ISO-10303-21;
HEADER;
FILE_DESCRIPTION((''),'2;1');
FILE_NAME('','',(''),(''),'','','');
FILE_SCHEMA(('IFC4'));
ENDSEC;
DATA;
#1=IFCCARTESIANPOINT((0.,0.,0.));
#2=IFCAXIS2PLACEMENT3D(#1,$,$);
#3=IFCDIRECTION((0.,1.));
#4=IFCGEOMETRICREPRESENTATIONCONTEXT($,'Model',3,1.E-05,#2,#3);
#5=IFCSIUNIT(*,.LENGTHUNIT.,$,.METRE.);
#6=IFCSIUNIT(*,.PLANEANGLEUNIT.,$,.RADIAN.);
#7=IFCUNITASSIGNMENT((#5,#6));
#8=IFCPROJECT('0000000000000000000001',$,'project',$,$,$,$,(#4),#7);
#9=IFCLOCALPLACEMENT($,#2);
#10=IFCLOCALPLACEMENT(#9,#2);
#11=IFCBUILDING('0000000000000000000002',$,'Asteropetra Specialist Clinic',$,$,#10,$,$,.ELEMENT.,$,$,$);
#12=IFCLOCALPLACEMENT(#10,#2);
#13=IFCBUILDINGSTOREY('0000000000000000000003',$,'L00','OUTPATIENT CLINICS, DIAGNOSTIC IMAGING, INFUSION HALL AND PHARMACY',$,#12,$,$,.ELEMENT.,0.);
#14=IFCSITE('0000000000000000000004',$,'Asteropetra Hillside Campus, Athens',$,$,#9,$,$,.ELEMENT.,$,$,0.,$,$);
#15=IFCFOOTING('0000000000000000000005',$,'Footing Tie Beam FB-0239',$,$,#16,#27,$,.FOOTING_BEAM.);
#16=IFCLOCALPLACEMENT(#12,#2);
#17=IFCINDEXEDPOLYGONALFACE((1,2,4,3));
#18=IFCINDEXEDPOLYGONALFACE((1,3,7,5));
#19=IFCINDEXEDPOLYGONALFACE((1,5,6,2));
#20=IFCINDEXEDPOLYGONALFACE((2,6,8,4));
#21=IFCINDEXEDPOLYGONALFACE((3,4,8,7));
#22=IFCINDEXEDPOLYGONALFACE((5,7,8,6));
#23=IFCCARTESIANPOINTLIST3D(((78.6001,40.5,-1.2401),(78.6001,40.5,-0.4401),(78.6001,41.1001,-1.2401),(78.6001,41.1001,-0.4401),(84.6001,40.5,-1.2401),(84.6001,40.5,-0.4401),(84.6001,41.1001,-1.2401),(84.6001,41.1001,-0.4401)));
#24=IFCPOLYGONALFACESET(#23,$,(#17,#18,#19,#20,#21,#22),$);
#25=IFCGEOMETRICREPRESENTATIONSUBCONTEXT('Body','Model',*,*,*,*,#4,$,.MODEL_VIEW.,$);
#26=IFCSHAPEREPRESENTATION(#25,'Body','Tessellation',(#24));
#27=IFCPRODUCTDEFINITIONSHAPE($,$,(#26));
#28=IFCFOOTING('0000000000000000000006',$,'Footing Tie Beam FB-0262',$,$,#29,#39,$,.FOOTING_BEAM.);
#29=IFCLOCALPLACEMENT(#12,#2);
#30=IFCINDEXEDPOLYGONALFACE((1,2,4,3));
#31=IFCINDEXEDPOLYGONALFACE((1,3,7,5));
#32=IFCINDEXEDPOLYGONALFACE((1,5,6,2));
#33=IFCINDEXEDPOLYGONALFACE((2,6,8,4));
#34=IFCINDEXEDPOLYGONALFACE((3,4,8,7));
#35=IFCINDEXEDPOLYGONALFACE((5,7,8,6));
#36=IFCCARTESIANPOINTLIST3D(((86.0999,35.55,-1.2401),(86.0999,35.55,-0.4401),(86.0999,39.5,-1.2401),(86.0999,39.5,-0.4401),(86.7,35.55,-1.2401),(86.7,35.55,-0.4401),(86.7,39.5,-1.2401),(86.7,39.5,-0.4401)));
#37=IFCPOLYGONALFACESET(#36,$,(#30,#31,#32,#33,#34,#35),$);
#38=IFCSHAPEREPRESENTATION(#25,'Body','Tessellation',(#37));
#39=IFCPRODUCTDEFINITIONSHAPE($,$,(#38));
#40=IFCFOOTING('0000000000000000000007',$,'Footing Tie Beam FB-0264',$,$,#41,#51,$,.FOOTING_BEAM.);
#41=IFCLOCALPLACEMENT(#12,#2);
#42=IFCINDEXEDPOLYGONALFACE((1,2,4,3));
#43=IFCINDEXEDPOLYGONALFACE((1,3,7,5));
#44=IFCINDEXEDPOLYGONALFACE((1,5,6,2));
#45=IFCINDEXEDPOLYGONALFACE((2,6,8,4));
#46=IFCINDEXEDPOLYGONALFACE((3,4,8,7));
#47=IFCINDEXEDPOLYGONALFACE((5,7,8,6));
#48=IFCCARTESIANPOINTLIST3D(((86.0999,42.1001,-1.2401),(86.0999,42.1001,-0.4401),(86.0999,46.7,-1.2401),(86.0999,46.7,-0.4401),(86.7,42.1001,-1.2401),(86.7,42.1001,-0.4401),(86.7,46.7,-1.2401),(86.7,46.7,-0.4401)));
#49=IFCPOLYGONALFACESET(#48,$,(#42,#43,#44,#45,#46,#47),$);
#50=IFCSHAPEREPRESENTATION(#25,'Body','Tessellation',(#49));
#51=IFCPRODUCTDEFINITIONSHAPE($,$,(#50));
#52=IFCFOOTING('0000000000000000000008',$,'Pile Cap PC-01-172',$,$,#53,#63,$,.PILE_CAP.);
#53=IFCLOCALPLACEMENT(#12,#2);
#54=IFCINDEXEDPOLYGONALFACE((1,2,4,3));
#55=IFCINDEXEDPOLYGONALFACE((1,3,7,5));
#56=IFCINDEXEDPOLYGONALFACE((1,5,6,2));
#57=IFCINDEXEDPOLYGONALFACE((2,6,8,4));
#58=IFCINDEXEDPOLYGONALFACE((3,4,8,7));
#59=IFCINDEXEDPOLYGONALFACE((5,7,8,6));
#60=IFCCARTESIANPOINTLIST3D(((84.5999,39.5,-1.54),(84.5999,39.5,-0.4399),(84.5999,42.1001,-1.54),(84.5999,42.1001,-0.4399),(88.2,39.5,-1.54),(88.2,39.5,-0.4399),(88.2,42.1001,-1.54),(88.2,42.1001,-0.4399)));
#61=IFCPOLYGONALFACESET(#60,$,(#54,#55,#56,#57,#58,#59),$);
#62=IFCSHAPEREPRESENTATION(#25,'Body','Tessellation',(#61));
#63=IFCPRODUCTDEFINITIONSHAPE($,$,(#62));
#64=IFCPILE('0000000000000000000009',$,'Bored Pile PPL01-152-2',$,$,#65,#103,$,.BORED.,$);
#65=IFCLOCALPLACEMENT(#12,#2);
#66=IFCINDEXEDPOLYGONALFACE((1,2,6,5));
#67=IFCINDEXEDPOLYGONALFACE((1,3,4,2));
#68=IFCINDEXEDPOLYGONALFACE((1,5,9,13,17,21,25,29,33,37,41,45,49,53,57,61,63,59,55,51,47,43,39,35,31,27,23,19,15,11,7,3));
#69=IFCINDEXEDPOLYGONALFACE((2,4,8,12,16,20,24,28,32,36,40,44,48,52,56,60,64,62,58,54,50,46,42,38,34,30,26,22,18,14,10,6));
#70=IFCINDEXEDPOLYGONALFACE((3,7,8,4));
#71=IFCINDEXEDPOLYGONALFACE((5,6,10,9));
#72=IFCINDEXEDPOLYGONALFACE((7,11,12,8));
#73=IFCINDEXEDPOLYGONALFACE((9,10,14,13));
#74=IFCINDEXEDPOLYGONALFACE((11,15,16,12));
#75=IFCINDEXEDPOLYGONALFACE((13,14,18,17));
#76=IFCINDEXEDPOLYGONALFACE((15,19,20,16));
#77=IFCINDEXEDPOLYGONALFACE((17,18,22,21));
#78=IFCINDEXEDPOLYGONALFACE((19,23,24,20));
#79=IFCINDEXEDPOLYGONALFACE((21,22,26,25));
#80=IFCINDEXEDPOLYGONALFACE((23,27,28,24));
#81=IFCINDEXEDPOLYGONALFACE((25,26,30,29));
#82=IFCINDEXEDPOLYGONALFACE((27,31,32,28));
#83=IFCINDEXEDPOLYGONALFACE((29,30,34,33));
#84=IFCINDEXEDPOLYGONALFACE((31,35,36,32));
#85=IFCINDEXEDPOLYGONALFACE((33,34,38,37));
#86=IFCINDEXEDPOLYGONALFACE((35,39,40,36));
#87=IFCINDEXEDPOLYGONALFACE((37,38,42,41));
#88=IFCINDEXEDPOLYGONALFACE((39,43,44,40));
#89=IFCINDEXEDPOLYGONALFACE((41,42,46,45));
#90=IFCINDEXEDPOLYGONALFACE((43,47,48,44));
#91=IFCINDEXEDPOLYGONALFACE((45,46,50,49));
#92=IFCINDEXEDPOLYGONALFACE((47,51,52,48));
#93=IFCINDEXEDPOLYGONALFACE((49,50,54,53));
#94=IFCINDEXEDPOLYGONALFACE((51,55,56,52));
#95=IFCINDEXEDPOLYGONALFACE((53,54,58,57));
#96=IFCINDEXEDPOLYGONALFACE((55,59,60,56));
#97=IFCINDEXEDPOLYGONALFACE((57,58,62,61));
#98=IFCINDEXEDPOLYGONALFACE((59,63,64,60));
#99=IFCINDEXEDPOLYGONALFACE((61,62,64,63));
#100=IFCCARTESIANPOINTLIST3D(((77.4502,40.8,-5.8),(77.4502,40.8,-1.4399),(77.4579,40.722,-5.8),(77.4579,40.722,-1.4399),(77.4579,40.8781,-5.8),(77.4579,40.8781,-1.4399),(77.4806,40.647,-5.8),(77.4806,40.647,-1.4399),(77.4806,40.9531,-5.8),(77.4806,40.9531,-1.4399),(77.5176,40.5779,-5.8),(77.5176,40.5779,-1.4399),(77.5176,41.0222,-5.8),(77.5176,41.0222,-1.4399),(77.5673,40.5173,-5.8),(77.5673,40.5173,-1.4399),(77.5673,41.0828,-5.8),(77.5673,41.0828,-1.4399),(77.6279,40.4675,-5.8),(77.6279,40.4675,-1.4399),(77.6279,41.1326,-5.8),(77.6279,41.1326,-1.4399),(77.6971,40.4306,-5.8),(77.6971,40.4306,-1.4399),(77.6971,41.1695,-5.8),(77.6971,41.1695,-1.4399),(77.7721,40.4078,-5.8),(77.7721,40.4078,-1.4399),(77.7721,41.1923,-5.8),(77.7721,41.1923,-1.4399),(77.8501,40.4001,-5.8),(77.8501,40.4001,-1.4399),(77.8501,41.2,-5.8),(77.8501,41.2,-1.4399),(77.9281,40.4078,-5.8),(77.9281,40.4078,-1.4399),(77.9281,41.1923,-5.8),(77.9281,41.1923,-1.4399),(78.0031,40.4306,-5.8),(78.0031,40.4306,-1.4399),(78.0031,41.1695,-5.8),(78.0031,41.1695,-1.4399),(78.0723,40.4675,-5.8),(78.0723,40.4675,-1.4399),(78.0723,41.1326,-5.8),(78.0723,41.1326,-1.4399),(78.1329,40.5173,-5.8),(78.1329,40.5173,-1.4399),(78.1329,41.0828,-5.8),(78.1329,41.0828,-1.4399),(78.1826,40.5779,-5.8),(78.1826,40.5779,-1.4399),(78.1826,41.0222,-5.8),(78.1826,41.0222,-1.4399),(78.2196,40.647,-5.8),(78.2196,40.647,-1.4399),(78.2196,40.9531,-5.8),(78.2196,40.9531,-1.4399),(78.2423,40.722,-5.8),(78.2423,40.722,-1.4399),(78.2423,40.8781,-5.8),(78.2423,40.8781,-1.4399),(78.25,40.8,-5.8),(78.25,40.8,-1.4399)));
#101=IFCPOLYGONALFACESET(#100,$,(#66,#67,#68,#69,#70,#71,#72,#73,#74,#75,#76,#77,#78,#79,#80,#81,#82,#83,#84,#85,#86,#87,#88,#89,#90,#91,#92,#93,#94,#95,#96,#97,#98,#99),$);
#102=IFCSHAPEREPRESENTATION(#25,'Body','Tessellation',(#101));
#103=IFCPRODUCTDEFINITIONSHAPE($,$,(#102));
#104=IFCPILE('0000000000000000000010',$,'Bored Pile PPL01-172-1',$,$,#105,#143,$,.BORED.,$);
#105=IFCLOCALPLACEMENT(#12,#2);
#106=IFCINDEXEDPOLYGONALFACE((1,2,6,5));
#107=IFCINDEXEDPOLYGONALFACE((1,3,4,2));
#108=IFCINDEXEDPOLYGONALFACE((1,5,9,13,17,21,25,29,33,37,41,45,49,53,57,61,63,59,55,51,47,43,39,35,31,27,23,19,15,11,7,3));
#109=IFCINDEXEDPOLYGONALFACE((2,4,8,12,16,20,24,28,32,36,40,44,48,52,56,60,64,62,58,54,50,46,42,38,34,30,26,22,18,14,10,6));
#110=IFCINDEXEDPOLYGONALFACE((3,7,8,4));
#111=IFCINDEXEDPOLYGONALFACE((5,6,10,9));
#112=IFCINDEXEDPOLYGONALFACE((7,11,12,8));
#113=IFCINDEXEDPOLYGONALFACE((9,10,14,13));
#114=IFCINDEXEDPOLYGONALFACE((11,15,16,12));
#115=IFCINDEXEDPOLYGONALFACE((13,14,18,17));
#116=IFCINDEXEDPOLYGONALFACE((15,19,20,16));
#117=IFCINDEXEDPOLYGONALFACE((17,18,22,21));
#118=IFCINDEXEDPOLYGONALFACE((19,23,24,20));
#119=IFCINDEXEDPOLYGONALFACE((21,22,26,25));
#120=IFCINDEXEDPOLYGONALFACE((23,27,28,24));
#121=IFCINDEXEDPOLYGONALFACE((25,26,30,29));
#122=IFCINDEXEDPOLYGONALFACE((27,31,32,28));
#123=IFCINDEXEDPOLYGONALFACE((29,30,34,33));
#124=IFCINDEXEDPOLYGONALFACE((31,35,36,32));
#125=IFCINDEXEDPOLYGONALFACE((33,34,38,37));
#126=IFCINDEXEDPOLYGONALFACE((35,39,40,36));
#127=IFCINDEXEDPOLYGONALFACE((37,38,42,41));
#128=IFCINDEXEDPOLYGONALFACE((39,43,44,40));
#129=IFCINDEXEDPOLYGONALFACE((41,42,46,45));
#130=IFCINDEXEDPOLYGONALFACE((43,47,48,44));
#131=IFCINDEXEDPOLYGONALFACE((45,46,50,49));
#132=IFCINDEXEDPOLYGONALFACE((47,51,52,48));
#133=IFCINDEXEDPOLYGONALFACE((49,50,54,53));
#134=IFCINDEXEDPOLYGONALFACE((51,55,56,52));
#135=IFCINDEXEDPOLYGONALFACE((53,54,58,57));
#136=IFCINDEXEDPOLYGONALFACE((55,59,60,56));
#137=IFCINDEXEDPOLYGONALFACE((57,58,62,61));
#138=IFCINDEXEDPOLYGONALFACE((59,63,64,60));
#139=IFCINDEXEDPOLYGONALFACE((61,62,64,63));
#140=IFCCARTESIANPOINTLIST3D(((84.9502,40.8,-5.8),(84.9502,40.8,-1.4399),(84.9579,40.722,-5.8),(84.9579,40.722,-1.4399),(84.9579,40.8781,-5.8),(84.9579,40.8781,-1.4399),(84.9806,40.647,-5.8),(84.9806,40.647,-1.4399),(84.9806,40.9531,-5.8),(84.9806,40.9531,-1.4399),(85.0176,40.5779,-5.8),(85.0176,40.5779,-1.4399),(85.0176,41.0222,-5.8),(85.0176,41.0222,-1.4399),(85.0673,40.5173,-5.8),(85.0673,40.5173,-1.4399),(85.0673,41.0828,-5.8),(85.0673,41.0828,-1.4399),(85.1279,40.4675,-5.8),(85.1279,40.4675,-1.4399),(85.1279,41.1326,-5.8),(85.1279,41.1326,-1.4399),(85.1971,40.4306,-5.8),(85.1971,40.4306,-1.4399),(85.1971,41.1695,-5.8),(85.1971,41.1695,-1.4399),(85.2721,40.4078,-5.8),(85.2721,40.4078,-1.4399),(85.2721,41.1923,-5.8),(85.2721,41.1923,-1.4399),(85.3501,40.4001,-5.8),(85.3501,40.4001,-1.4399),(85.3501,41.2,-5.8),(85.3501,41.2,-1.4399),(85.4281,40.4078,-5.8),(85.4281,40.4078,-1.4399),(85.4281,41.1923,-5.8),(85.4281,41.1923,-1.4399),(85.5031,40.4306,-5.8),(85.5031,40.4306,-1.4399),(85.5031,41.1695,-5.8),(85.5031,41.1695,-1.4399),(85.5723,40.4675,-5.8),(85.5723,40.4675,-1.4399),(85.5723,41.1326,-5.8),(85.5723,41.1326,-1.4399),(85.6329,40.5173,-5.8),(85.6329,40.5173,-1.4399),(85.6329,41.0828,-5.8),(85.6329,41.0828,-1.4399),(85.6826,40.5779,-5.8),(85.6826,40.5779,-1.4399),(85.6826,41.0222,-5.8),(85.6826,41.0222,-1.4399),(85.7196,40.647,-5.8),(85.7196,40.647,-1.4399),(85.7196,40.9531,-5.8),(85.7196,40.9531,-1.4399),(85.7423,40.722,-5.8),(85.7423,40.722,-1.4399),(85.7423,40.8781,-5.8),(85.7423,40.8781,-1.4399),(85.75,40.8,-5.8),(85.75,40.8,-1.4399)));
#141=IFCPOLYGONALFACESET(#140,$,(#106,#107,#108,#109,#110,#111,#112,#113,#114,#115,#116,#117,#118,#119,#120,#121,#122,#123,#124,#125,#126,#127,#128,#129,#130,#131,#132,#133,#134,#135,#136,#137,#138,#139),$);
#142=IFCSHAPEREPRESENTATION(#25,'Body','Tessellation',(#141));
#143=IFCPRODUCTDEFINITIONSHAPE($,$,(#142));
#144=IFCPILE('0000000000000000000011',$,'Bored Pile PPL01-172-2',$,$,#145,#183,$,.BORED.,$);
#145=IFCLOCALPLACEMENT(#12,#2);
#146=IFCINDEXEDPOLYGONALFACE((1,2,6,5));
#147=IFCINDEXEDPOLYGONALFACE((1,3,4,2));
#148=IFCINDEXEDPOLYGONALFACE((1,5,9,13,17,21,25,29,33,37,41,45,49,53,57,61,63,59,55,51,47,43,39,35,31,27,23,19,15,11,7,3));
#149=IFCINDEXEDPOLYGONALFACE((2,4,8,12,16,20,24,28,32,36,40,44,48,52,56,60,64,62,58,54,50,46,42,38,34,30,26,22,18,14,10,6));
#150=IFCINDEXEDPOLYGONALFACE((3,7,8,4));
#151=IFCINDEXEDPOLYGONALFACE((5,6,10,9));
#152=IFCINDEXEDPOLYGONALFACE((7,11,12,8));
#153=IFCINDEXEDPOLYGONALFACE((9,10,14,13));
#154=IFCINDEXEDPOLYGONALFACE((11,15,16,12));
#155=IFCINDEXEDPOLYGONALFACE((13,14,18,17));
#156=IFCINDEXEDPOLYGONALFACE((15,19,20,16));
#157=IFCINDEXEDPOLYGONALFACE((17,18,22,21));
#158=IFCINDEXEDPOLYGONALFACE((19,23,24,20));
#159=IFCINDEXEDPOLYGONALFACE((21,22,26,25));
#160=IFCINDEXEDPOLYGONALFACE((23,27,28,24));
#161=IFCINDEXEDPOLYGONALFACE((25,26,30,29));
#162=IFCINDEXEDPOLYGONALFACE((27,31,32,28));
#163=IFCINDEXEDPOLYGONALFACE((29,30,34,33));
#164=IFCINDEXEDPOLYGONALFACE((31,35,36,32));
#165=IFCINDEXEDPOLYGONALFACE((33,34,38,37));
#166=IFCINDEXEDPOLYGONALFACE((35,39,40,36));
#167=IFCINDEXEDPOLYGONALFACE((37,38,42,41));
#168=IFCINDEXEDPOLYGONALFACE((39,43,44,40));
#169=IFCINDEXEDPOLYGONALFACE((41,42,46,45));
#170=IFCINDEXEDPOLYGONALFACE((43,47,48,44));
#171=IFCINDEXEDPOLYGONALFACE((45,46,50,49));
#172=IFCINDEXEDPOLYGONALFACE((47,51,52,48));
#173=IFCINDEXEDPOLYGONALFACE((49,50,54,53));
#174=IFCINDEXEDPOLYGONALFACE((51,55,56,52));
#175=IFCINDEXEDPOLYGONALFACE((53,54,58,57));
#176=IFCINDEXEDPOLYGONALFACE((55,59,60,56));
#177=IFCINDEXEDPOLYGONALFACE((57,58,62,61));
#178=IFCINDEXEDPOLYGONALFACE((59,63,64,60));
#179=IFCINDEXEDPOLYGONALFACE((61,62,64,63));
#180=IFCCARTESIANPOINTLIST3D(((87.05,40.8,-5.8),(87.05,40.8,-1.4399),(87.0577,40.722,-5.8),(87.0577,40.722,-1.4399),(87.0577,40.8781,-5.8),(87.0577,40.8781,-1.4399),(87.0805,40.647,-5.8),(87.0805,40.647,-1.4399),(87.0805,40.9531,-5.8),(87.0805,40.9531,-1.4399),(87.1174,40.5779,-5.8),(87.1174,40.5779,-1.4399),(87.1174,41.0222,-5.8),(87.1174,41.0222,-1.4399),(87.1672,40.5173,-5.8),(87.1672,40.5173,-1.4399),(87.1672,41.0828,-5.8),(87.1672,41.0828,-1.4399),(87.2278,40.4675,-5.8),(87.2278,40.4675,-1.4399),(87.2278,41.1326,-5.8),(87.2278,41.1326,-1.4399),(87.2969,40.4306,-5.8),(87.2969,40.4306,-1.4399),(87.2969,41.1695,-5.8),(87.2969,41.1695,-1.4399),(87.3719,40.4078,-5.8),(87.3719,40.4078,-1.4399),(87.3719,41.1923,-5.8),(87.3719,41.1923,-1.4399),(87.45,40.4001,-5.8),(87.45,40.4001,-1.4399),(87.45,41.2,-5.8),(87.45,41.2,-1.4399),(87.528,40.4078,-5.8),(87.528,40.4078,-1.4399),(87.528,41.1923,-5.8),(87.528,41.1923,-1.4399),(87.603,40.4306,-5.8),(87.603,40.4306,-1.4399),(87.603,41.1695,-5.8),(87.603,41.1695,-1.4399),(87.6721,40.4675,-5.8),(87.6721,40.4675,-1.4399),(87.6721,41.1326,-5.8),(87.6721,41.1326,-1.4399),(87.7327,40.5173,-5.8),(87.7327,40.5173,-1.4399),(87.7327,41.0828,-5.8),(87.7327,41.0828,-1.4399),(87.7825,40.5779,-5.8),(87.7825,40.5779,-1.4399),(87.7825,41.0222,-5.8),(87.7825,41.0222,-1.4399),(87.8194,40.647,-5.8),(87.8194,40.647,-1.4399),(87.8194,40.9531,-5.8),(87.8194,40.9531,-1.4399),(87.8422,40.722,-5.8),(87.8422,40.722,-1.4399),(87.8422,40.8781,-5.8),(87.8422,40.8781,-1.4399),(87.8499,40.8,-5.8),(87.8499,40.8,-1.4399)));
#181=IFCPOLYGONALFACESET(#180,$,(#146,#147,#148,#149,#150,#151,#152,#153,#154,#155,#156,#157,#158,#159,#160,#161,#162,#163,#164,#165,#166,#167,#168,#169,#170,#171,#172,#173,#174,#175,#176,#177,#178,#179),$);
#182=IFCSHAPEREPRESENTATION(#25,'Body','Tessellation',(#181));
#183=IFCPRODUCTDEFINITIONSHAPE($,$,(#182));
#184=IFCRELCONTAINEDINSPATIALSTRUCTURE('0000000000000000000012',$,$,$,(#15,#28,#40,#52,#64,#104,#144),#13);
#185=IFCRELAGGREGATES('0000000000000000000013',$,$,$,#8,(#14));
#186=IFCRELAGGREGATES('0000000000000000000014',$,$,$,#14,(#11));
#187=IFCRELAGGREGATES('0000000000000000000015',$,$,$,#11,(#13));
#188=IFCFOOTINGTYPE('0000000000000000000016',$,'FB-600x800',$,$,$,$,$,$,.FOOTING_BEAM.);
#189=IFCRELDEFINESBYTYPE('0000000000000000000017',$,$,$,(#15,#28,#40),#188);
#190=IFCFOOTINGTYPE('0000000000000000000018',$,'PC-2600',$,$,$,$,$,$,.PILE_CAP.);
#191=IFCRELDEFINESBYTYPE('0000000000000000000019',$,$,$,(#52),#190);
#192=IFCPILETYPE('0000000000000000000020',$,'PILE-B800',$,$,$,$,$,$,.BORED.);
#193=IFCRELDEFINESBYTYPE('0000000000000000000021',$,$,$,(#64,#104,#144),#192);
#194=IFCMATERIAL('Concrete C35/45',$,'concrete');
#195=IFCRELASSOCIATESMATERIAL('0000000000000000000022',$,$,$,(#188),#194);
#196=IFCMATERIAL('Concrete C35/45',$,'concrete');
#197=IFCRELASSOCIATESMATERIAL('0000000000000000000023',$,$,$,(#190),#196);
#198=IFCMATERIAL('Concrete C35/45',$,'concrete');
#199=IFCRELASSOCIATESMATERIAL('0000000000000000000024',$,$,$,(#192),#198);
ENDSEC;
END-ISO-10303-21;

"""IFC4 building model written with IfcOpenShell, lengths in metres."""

from ifc_helpers import new_model, si_unit, direction, frame, origin, origin_2d, place, context, subcontext, project, spatial, rectangle, circle, extrude, material, material_profile, profile_set, type_object, element, save


model = new_model("IFC4")

# Units and contexts
model_context = context("Model", 3, precision=1e-05, world=origin(), true_north=direction((0.0, 1.0)))
body_context = subcontext(model_context, "Body", "Model", "MODEL_VIEW")
ifc_project = project(units=[si_unit("LENGTHUNIT", "METRE"), si_unit("PLANEANGLEUNIT", "RADIAN")], contexts=[model_context])

# Site, building, storey
site_placement = place(None, origin())
site = spatial("IfcSite", under=ifc_project, at=site_placement, Name="Asteropetra Hillside Campus, Athens", CompositionType="ELEMENT", RefElevation=0.0)
building_placement = place(site_placement, origin())
building = spatial("IfcBuilding", under=site, at=building_placement, Name="Asteropetra Specialist Clinic", CompositionType="ELEMENT")
storey_placement = place(building_placement, origin())
storey = spatial("IfcBuildingStorey", under=building, at=storey_placement, Name="L00", Description="OUTPATIENT CLINICS, DIAGNOSTIC IMAGING, INFUSION HALL AND PHARMACY", CompositionType="ELEMENT", Elevation=0.0)

# Footings
ifc_material_1 = material(Name="Concrete C35/45", Category="concrete")
ifc_material_profile_1 = material_profile(ifc_material_1, rectangle(XDim=0.6001, YDim=0.8, at=origin_2d()), Name="FB 600x800")
ifc_profile_set_1 = profile_set([ifc_material_profile_1], Name="Concrete C35/45")
footing_type_1 = type_object("IfcFootingType", Name="FB-600x800", PredefinedType="FOOTING_BEAM", material=ifc_profile_set_1)
footing_1_placement = place(storey_placement, frame((78.6001, 40.8, -0.8401), z_axis=(1.0, 0.0, 0.0), x_axis=(0.0, 1.0, 0.0)))
element("IfcFooting", 1, at=footing_1_placement, inside=storey, type_object=footing_type_1, Name="Footing Tie Beam FB-0239", PredefinedType="FOOTING_BEAM", context=body_context, shape_type="SweptSolid", body=[
    extrude(rectangle(XDim=0.6001, YDim=0.8, at=origin_2d()), origin(), (0.0, 0.0, 1.0), 6.0),
])
footing_2_placement = place(storey_placement, frame((86.3999, 35.55, -0.8401), z_axis=(0.0, 1.0, 0.0), x_axis=(-1.0, 0.0, 0.0)))
element("IfcFooting", 2, at=footing_2_placement, inside=storey, type_object=footing_type_1, Name="Footing Tie Beam FB-0262", PredefinedType="FOOTING_BEAM", context=body_context, shape_type="SweptSolid", body=[
    extrude(rectangle(XDim=0.6001, YDim=0.8, at=origin_2d()), origin(), (0.0, 0.0, 1.0), 3.95),
])
footing_3_placement = place(storey_placement, frame((86.3999, 42.1001, -0.8401), z_axis=(0.0, 1.0, 0.0), x_axis=(-1.0, 0.0, 0.0)))
element("IfcFooting", 3, at=footing_3_placement, inside=storey, type_object=footing_type_1, Name="Footing Tie Beam FB-0264", PredefinedType="FOOTING_BEAM", context=body_context, shape_type="SweptSolid", body=[
    extrude(rectangle(XDim=0.6001, YDim=0.8, at=origin_2d()), origin(), (0.0, 0.0, 1.0), 4.5999),
])
ifc_material_2 = material(Name="Concrete C35/45", Category="concrete")
footing_type_2 = type_object("IfcFootingType", Name="PC-2600", PredefinedType="PILE_CAP", material=ifc_material_2)
footing_4_placement = place(storey_placement, frame((86.3999, 40.8, -1.54), z_axis=(0.0, 0.0, 1.0), x_axis=(1.0, 0.0, 0.0)))
element("IfcFooting", 4, at=footing_4_placement, inside=storey, type_object=footing_type_2, Name="Pile Cap PC-01-172", PredefinedType="PILE_CAP", context=body_context, shape_type="SweptSolid", body=[
    extrude(rectangle(XDim=3.6001, YDim=2.6001, at=origin_2d()), origin(), (0.0, 0.0, 1.0), 1.1001),
])

# Piles
ifc_material_3 = material(Name="Concrete C35/45", Category="concrete")
ifc_material_profile_2 = material_profile(ifc_material_3, circle(Radius=0.3999, at=origin_2d()), Name="PILE D800")
ifc_profile_set_2 = profile_set([ifc_material_profile_2], Name="Concrete C35/45")
pile_type_1 = type_object("IfcPileType", Name="PILE-B800", PredefinedType="BORED", material=ifc_profile_set_2)
for number, where, z_axis, x_axis, name in (
    (5, (77.8501, 40.8, -1.4399), (0.0, 0.0, -1.0), (1.0, 0.0, 0.0), "Bored Pile PPL01-152-2"),
    (6, (85.3501, 40.8, -1.4399), (0.0, 0.0, -1.0), (1.0, 0.0, 0.0), "Bored Pile PPL01-172-1"),
    (7, (87.45, 40.8, -1.4399), (0.0, 0.0, -1.0), (1.0, 0.0, 0.0), "Bored Pile PPL01-172-2"),
):
    element("IfcPile", number, at=place(storey_placement, frame(where, z_axis=z_axis, x_axis=x_axis)), inside=storey, type_object=pile_type_1, Name=name, PredefinedType="BORED", context=body_context, shape_type="SweptSolid", body=[
        extrude(circle(Radius=0.3999, at=origin_2d()), origin(), (0.0, 0.0, 1.0), 4.3601),
    ])

save(model, "model.ifc")
